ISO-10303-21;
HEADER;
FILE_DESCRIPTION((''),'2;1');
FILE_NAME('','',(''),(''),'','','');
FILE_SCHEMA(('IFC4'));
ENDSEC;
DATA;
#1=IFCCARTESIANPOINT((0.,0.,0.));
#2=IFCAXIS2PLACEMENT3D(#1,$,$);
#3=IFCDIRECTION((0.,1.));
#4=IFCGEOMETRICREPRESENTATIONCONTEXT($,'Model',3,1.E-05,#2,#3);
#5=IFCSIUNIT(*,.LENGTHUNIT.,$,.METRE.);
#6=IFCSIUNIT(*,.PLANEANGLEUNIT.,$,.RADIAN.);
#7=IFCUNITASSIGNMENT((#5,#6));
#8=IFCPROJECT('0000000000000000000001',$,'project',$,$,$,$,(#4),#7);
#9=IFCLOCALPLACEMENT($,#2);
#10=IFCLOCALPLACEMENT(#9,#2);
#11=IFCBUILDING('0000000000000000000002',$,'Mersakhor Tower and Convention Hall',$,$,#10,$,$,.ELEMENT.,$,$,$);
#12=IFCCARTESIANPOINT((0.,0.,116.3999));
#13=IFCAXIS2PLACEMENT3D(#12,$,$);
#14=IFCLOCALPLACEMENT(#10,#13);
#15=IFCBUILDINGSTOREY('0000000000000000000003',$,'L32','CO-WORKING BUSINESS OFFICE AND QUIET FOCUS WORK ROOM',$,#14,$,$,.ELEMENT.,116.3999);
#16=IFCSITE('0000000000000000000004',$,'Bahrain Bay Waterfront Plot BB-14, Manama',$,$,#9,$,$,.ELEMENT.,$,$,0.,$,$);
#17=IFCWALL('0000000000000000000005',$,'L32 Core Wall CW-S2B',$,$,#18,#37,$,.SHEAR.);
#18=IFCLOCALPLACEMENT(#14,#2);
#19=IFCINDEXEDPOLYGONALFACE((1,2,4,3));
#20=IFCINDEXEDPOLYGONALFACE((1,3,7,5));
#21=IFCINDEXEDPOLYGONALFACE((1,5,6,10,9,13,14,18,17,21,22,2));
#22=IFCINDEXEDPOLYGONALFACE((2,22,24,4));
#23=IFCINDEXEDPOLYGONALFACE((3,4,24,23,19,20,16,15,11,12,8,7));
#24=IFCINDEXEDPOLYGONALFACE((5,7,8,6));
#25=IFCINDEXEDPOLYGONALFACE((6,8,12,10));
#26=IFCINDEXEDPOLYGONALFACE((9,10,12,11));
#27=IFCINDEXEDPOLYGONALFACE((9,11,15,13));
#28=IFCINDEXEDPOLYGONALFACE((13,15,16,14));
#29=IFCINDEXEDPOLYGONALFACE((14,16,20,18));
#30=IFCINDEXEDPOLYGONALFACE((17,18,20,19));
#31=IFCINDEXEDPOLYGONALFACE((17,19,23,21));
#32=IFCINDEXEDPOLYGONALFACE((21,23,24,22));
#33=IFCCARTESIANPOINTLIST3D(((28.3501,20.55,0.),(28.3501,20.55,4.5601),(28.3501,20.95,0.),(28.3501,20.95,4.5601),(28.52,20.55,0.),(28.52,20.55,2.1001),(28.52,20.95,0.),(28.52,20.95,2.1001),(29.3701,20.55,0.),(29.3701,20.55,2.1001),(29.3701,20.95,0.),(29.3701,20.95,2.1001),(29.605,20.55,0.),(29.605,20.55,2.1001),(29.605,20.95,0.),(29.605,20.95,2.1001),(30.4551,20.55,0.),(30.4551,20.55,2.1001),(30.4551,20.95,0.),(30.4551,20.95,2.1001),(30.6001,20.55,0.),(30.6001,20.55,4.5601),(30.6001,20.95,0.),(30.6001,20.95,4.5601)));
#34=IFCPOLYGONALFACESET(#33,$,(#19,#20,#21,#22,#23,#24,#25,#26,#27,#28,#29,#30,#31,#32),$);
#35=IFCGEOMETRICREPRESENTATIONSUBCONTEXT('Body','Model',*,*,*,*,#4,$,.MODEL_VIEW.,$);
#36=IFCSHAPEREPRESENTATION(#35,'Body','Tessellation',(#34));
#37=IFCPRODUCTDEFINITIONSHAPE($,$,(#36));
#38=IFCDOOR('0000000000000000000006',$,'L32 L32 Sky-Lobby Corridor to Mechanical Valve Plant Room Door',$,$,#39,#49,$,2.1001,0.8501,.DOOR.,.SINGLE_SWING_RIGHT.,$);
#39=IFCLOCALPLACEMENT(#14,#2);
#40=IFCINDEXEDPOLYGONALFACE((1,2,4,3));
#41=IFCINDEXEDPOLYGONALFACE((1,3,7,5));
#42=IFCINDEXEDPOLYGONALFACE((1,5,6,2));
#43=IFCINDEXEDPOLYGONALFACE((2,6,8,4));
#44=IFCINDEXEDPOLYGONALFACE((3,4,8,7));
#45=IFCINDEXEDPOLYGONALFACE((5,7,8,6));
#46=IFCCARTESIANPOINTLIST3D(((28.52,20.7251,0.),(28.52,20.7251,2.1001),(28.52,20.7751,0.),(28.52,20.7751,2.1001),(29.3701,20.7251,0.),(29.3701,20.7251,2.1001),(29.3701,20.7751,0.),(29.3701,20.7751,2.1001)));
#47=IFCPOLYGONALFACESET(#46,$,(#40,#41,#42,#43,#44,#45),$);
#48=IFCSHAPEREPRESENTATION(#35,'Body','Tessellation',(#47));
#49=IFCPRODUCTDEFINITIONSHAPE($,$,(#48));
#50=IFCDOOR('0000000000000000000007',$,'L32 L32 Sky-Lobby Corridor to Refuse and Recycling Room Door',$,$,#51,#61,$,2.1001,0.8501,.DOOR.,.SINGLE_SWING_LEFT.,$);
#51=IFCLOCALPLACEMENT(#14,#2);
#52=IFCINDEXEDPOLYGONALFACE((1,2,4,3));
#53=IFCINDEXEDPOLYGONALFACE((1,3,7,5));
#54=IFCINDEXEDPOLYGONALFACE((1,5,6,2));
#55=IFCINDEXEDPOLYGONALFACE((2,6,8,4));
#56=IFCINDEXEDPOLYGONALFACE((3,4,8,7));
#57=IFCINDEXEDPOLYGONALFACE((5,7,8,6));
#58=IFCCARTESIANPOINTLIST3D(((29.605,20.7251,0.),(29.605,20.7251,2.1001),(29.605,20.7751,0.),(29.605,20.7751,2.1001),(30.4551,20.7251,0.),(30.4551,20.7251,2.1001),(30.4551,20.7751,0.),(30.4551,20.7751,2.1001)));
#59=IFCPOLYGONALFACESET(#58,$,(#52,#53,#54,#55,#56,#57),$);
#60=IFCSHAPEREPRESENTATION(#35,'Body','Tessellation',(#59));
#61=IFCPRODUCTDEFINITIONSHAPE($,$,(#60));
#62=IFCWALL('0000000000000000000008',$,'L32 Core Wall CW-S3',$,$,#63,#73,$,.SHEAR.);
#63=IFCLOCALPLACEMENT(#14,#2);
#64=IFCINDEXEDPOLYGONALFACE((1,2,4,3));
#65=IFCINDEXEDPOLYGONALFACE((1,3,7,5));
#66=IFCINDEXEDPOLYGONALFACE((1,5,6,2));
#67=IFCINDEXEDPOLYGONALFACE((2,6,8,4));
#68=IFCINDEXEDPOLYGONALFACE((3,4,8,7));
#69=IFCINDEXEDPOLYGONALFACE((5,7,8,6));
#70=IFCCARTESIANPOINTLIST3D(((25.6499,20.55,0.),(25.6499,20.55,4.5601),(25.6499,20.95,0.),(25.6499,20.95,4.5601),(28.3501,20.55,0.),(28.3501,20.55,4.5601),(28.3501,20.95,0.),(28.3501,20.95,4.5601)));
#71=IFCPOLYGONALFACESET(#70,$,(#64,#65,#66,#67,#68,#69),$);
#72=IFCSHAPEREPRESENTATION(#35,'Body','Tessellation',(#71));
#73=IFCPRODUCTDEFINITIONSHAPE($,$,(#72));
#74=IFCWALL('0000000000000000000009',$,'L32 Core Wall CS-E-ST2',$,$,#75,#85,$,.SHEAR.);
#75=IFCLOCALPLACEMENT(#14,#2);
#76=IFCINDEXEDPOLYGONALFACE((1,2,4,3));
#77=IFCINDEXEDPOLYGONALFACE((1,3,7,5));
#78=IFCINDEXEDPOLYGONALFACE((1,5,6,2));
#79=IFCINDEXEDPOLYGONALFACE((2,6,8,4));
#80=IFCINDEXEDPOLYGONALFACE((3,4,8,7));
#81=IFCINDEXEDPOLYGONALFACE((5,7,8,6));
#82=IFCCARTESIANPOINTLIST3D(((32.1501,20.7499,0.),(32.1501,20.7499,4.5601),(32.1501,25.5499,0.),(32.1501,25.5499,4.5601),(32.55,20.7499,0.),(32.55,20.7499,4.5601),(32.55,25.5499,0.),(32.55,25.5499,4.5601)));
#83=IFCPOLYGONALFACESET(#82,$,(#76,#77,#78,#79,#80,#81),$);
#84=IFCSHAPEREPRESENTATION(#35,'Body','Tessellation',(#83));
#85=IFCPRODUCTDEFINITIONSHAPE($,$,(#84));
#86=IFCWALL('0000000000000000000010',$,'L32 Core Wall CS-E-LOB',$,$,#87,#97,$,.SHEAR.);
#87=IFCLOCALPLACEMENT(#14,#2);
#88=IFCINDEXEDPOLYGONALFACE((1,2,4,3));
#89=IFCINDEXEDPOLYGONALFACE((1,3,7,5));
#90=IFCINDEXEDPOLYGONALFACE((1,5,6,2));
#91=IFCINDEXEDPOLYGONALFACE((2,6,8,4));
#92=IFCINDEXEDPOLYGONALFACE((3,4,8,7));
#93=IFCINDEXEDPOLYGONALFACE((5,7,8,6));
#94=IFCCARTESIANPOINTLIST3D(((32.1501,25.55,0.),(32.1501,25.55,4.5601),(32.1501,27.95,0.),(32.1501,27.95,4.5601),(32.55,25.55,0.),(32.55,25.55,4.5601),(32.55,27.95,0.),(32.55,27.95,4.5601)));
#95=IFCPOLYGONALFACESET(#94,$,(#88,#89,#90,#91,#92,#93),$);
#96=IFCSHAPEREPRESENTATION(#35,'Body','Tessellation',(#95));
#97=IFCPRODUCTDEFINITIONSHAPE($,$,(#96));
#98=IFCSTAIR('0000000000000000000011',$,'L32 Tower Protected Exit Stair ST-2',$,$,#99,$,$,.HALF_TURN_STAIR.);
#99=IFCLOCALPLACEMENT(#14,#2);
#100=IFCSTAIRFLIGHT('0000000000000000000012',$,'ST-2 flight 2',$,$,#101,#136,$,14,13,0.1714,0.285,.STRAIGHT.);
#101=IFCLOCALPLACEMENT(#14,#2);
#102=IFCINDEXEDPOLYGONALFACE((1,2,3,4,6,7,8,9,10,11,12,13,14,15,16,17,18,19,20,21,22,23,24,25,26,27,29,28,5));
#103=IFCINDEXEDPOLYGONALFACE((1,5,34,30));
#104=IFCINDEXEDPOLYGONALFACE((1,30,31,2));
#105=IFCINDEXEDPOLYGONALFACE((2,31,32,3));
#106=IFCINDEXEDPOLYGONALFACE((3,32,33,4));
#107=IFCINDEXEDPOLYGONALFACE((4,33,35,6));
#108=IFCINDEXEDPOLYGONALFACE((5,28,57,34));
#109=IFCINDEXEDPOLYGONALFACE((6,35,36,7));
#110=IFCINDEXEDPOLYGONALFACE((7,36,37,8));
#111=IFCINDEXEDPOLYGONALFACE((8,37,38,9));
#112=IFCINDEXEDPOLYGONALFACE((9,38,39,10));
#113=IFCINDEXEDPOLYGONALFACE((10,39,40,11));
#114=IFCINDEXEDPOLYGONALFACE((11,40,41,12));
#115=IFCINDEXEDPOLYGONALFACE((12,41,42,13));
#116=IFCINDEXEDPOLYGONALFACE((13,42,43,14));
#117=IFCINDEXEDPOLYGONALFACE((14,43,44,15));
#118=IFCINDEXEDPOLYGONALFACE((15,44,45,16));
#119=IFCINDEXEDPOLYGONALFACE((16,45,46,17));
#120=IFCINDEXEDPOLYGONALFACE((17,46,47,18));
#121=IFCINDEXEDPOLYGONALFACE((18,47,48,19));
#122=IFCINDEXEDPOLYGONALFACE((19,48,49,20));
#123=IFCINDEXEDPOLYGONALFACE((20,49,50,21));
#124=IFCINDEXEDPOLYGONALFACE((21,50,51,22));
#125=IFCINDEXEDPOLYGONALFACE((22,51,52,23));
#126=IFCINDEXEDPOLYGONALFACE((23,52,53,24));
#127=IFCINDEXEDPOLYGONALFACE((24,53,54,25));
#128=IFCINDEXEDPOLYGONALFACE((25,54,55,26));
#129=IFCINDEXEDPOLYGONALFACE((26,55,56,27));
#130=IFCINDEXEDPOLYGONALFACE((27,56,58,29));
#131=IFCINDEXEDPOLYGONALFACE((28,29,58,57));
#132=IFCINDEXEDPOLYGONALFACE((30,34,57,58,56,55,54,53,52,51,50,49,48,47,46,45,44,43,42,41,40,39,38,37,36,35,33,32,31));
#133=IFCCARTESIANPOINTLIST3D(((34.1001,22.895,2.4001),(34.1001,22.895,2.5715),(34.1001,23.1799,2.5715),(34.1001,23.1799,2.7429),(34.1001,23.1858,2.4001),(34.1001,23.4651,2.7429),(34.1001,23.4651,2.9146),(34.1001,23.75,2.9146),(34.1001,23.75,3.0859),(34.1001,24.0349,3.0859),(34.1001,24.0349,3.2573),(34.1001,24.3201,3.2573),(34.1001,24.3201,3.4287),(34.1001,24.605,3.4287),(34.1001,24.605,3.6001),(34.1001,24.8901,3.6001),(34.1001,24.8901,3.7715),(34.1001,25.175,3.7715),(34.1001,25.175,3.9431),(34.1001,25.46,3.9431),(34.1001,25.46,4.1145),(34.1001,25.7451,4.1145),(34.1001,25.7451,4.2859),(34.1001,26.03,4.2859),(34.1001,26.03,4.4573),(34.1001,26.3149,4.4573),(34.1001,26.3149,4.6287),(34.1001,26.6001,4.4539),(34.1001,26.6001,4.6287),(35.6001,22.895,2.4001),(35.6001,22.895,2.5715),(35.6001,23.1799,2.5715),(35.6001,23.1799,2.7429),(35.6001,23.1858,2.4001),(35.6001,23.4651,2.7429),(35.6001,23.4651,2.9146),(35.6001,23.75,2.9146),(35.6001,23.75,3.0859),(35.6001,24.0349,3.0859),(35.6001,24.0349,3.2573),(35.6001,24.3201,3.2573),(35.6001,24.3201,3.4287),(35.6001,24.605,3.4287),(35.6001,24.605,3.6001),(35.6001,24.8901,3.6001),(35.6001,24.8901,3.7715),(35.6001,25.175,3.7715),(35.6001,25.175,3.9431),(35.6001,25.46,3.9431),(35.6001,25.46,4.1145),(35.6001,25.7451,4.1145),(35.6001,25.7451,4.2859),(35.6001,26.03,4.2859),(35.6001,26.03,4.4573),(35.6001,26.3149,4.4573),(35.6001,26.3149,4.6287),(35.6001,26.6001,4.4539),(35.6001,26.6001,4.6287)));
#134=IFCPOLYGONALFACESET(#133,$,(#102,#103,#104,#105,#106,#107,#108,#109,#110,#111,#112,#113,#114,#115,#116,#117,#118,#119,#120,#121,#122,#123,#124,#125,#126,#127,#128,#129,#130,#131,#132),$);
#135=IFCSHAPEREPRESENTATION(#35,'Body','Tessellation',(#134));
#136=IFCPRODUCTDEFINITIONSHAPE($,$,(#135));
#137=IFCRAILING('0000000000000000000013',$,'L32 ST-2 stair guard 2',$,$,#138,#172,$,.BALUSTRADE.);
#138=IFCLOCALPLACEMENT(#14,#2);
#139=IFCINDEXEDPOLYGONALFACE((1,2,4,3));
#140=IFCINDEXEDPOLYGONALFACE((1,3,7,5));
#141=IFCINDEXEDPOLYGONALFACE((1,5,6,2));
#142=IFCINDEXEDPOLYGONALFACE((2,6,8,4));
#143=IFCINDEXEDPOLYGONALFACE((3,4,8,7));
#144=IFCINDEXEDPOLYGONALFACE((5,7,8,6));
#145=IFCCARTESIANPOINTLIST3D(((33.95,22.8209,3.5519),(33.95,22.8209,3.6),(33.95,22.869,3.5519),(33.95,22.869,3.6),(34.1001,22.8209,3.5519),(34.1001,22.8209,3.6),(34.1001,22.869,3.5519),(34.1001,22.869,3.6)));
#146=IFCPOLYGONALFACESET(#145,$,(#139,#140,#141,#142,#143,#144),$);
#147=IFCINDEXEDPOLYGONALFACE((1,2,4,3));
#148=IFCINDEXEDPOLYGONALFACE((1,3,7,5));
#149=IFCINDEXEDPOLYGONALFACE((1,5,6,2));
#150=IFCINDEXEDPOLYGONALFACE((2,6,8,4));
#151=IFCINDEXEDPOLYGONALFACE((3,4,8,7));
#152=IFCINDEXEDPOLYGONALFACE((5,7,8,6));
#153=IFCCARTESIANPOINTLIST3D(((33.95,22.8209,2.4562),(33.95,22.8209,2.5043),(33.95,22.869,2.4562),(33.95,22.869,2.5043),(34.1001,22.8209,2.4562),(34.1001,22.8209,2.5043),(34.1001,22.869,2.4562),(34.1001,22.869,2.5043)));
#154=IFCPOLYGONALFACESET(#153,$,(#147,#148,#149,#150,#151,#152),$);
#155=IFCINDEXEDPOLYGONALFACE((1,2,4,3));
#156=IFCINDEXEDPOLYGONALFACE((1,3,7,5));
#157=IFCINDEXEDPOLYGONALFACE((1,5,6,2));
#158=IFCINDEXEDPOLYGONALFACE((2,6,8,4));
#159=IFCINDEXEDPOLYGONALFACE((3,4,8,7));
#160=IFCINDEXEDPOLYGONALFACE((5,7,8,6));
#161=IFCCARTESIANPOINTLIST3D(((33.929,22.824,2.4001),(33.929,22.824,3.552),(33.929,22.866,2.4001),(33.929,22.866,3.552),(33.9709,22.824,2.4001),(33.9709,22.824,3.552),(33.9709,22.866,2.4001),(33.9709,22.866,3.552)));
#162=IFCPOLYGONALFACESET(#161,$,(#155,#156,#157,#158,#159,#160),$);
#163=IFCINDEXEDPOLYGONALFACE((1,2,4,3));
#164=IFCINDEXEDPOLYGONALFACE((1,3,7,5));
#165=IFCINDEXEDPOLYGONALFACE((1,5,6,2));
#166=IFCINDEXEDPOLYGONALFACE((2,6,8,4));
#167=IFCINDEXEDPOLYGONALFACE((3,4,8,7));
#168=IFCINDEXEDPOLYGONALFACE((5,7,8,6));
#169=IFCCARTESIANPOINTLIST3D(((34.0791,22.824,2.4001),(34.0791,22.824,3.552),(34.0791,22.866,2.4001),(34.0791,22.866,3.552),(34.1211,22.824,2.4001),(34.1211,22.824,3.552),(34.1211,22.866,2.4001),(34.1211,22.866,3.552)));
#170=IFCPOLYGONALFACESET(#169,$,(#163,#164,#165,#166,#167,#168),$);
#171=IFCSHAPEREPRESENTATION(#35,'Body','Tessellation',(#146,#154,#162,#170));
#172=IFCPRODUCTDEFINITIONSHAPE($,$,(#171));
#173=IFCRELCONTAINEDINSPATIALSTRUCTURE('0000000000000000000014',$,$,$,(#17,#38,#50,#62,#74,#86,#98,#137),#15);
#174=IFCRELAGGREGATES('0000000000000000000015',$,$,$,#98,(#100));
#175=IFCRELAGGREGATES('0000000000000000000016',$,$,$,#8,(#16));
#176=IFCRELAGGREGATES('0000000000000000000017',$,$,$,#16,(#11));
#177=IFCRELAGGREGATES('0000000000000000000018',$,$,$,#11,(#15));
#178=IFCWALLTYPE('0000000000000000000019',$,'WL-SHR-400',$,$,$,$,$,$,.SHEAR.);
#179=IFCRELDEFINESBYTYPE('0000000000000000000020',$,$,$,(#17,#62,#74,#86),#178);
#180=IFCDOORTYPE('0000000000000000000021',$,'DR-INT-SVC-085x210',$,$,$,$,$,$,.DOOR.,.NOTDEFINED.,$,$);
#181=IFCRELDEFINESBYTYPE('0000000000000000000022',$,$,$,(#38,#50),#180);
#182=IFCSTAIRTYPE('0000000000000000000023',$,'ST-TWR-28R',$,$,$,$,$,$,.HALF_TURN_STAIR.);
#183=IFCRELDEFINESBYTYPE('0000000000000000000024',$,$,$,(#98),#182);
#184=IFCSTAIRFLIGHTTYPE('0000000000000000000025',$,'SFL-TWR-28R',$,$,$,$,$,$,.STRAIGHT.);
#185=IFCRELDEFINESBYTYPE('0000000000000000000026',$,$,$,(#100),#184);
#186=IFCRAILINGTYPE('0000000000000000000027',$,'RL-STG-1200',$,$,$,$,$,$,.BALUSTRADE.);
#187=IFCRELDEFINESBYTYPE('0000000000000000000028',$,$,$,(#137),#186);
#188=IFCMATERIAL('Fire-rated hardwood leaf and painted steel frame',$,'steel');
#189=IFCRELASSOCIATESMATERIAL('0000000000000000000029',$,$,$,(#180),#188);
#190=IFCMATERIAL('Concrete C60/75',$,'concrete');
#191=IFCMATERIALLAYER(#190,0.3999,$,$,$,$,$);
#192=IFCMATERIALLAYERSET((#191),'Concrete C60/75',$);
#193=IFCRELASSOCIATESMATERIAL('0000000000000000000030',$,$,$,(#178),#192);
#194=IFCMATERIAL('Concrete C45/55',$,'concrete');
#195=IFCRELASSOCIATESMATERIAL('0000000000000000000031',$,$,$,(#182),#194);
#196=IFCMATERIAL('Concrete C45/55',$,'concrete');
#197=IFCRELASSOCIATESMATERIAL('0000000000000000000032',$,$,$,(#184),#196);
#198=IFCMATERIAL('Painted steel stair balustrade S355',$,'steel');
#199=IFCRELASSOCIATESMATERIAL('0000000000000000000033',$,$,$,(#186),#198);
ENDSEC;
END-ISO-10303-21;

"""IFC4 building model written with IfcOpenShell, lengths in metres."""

from ifc_helpers import new_model, si_unit, direction, frame, frame_2d, origin, origin_2d, place, context, subcontext, project, spatial, polyline, rectangle, outline, extrude, material, layer, layer_set, type_object, element, fill, aggregate, save


model = new_model("IFC4")

# Units and contexts
model_context = context("Model", 3, precision=1e-05, world=origin(), true_north=direction((0.0, 1.0)))
body_context = subcontext(model_context, "Body", "Model", "MODEL_VIEW")
ifc_project = project(units=[si_unit("LENGTHUNIT", "METRE"), si_unit("PLANEANGLEUNIT", "RADIAN")], contexts=[model_context])

# Site, building, storey
site_placement = place(None, origin())
site = spatial("IfcSite", under=ifc_project, at=site_placement, Name="Bahrain Bay Waterfront Plot BB-14, Manama", CompositionType="ELEMENT", RefElevation=0.0)
building_placement = place(site_placement, origin())
building = spatial("IfcBuilding", under=site, at=building_placement, Name="Mersakhor Tower and Convention Hall", CompositionType="ELEMENT")
storey_placement = place(building_placement, frame((0.0, 0.0, 116.3999)))
storey = spatial("IfcBuildingStorey", under=building, at=storey_placement, Name="L32", Description="CO-WORKING BUSINESS OFFICE AND QUIET FOCUS WORK ROOM", CompositionType="ELEMENT", Elevation=116.3999)

# Shared definitions
ifc_material_1 = material(Name="Fire-rated hardwood leaf and painted steel frame", Category="steel")
door_type_1 = type_object("IfcDoorType", Name="DR-INT-SVC-085x210", OperationType="NOTDEFINED", PredefinedType="DOOR", material=ifc_material_1)

# Shared definitions
ifc_material_2 = material(Name="Concrete C60/75", Category="concrete")
ifc_layer_1 = layer(ifc_material_2, 0.3999)
ifc_layer_set_1 = layer_set([ifc_layer_1], Name="Concrete C60/75")
wall_type_1 = type_object("IfcWallType", Name="WL-SHR-400", PredefinedType="SHEAR", material=ifc_layer_set_1)

# Wall, openings, doors
wall_1_placement = place(storey_placement, frame((30.6001, 20.75, 0.0), z_axis=(0.0, 0.0, 1.0), x_axis=(-1.0, 0.0, 0.0)))
wall_1 = element("IfcWall", 1, at=wall_1_placement, inside=storey, type_object=wall_type_1, Name="L32 Core Wall CW-S2B", PredefinedType="SHEAR", context=body_context, shape_type="SweptSolid", body=[
    extrude(rectangle(XDim=2.25, YDim=0.3999, at=frame_2d((1.125, 0.0))), origin(), (0.0, 0.0, 1.0), 4.5601),
])
opening_1_placement = place(wall_1_placement, frame((1.23, 0.0, 0.0)))
opening_1 = element("IfcOpeningElement", 2, at=opening_1_placement, cuts=wall_1, PredefinedType="OPENING", context=body_context, shape_type="SweptSolid", body=[
    extrude(rectangle(XDim=0.8501, YDim=2.1001, at=frame_2d((0.425, 1.05))), frame((0.0, 0.21, 0.0), z_axis=(0.0, -1.0, 0.0), x_axis=(1.0, 0.0, 0.0)), (0.0, 0.0, 1.0), 0.4199),
])
opening_2_placement = place(wall_1_placement, frame((0.145, 0.0, 0.0)))
opening_2 = element("IfcOpeningElement", 3, at=opening_2_placement, cuts=wall_1, PredefinedType="OPENING", context=body_context, shape_type="SweptSolid", body=[
    extrude(rectangle(XDim=0.8501, YDim=2.1001, at=frame_2d((0.425, 1.05))), frame((0.0, 0.21, 0.0), z_axis=(0.0, -1.0, 0.0), x_axis=(1.0, 0.0, 0.0)), (0.0, 0.0, 1.0), 0.4199),
])
door_1_placement = place(opening_1_placement, origin())
door_1 = element("IfcDoor", 4, at=door_1_placement, inside=storey, type_object=door_type_1, Name="L32 L32 Sky-Lobby Corridor to Mechanical Valve Plant Room Door", OperationType="SINGLE_SWING_RIGHT", OverallHeight=2.1001, OverallWidth=0.8501, PredefinedType="DOOR", context=body_context, shape_type="SweptSolid", body=[
    extrude(rectangle(XDim=0.8501, YDim=2.1001, at=frame_2d((0.425, 1.05))), frame((0.0, 0.0249, 0.0), z_axis=(0.0, -1.0, 0.0), x_axis=(1.0, 0.0, 0.0)), (0.0, 0.0, 1.0), 0.05),
])
fill(opening_1, door_1)
door_2_placement = place(opening_2_placement, origin())
door_2 = element("IfcDoor", 5, at=door_2_placement, inside=storey, type_object=door_type_1, Name="L32 L32 Sky-Lobby Corridor to Refuse and Recycling Room Door", OperationType="SINGLE_SWING_LEFT", OverallHeight=2.1001, OverallWidth=0.8501, PredefinedType="DOOR", context=body_context, shape_type="SweptSolid", body=[
    extrude(rectangle(XDim=0.8501, YDim=2.1001, at=frame_2d((0.425, 1.05))), frame((0.0, 0.0249, 0.0), z_axis=(0.0, -1.0, 0.0), x_axis=(1.0, 0.0, 0.0)), (0.0, 0.0, 1.0), 0.05),
])
fill(opening_2, door_2)

# Walls
wall_2_placement = place(storey_placement, frame((28.3501, 20.75, 0.0), z_axis=(0.0, 0.0, 1.0), x_axis=(-1.0, 0.0, 0.0)))
element("IfcWall", 6, at=wall_2_placement, inside=storey, type_object=wall_type_1, Name="L32 Core Wall CW-S3", PredefinedType="SHEAR", context=body_context, shape_type="SweptSolid", body=[
    extrude(rectangle(XDim=2.7002, YDim=0.3999, at=frame_2d((1.3501, 0.0))), origin(), (0.0, 0.0, 1.0), 4.5601),
])
wall_3_placement = place(storey_placement, frame((32.3501, 20.75, 0.0), z_axis=(0.0, 0.0, 1.0), x_axis=(0.0, 1.0, 0.0)))
element("IfcWall", 7, at=wall_3_placement, inside=storey, type_object=wall_type_1, Name="L32 Core Wall CS-E-ST2", PredefinedType="SHEAR", context=body_context, shape_type="SweptSolid", body=[
    extrude(rectangle(XDim=4.8, YDim=0.3999, at=frame_2d((2.3999, 0.0))), origin(), (0.0, 0.0, 1.0), 4.5601),
])
wall_4_placement = place(storey_placement, frame((32.3501, 25.55, 0.0), z_axis=(0.0, 0.0, 1.0), x_axis=(0.0, 1.0, 0.0)))
element("IfcWall", 8, at=wall_4_placement, inside=storey, type_object=wall_type_1, Name="L32 Core Wall CS-E-LOB", PredefinedType="SHEAR", context=body_context, shape_type="SweptSolid", body=[
    extrude(rectangle(XDim=2.3999, YDim=0.3999, at=frame_2d((1.2, 0.0))), origin(), (0.0, 0.0, 1.0), 4.5601),
])

# Stair, stair flight
ifc_material_3 = material(Name="Concrete C45/55", Category="concrete")
stair_type = type_object("IfcStairType", Name="ST-TWR-28R", PredefinedType="HALF_TURN_STAIR", material=ifc_material_3)
stair_placement = place(storey_placement, origin())
stair = element("IfcStair", 9, at=stair_placement, inside=storey, type_object=stair_type, Name="L32 Tower Protected Exit Stair ST-2", PredefinedType="HALF_TURN_STAIR")
ifc_material_4 = material(Name="Concrete C45/55", Category="concrete")
stair_flight_type = type_object("IfcStairFlightType", Name="SFL-TWR-28R", PredefinedType="STRAIGHT", material=ifc_material_4)
stair_flight_placement = place(storey_placement, frame((34.8501, 22.895, 2.4001), z_axis=(0.0, 0.0, 1.0), x_axis=(0.0, 1.0, 0.0)))
stair_flight = element("IfcStairFlight", 10, at=stair_flight_placement, type_object=stair_flight_type, Name="ST-2 flight 2", NumberOfRisers=14, NumberOfTreads=13, PredefinedType="STRAIGHT", RiserHeight=0.1714, TreadLength=0.285, context=body_context, shape_type="SweptSolid", body=[
    extrude(outline(polyline([(0.0, 0.0), (0.0, 0.1714), (0.2849, 0.1714), (0.2849, 0.3428), (0.5701, 0.3428), (0.5701, 0.5144), (0.855, 0.5144), (0.855, 0.6858), (1.1399, 0.6858), (1.1399, 0.8572), (1.425, 0.8572), (1.425, 1.0286), (1.71, 1.0286), (1.71, 1.2), (1.9951, 1.2), (1.9951, 1.3713), (2.28, 1.3713), (2.28, 1.543), (2.5649, 1.543), (2.5649, 1.7144), (2.8501, 1.7144), (2.8501, 1.8857), (3.135, 1.8857), (3.135, 2.0571), (3.4199, 2.0571), (3.4199, 2.2285), (3.7051, 2.2285), (3.7051, 2.3999), (3.7051, 2.0537), (0.2908, 0.0), (0.0, 0.0)])), frame((0.0, 0.75, 0.0), z_axis=(0.0, -1.0, 0.0), x_axis=(1.0, 0.0, 0.0)), (0.0, 0.0, 1.0), 1.5),
])
aggregate(stair, [stair_flight])

# Railing
ifc_material_5 = material(Name="Painted steel stair balustrade S355", Category="steel")
railing_type = type_object("IfcRailingType", Name="RL-STG-1200", PredefinedType="BALUSTRADE", material=ifc_material_5)
railing_1_placement = place(storey_placement, frame((33.95, 22.845, 2.4001)))
element("IfcRailing", 11, at=railing_1_placement, inside=storey, type_object=railing_type, Name="L32 ST-2 stair guard 2", PredefinedType="BALUSTRADE", context=body_context, shape_type="SweptSolid", body=[
    extrude(rectangle(XDim=0.0481, YDim=0.0481, at=origin_2d()), frame((0.0, 0.0, 1.1758), z_axis=(1.0, 0.0, 0.0), x_axis=(0.0, 1.0, 0.0)), (0.0, 0.0, 1.0), 0.1501),
    extrude(rectangle(XDim=0.0481, YDim=0.0481, at=origin_2d()), frame((0.0, 0.0, 0.0801), z_axis=(1.0, 0.0, 0.0), x_axis=(0.0, 1.0, 0.0)), (0.0, 0.0, 1.0), 0.1501),
    extrude(rectangle(XDim=0.042, YDim=0.042, at=origin_2d()), origin(), (0.0, 0.0, 1.0), 1.1519),
    extrude(rectangle(XDim=0.042, YDim=0.042, at=origin_2d()), frame((0.1501, 0.0, 0.0)), (0.0, 0.0, 1.0), 1.1519),
])

save(model, "model.ifc")
